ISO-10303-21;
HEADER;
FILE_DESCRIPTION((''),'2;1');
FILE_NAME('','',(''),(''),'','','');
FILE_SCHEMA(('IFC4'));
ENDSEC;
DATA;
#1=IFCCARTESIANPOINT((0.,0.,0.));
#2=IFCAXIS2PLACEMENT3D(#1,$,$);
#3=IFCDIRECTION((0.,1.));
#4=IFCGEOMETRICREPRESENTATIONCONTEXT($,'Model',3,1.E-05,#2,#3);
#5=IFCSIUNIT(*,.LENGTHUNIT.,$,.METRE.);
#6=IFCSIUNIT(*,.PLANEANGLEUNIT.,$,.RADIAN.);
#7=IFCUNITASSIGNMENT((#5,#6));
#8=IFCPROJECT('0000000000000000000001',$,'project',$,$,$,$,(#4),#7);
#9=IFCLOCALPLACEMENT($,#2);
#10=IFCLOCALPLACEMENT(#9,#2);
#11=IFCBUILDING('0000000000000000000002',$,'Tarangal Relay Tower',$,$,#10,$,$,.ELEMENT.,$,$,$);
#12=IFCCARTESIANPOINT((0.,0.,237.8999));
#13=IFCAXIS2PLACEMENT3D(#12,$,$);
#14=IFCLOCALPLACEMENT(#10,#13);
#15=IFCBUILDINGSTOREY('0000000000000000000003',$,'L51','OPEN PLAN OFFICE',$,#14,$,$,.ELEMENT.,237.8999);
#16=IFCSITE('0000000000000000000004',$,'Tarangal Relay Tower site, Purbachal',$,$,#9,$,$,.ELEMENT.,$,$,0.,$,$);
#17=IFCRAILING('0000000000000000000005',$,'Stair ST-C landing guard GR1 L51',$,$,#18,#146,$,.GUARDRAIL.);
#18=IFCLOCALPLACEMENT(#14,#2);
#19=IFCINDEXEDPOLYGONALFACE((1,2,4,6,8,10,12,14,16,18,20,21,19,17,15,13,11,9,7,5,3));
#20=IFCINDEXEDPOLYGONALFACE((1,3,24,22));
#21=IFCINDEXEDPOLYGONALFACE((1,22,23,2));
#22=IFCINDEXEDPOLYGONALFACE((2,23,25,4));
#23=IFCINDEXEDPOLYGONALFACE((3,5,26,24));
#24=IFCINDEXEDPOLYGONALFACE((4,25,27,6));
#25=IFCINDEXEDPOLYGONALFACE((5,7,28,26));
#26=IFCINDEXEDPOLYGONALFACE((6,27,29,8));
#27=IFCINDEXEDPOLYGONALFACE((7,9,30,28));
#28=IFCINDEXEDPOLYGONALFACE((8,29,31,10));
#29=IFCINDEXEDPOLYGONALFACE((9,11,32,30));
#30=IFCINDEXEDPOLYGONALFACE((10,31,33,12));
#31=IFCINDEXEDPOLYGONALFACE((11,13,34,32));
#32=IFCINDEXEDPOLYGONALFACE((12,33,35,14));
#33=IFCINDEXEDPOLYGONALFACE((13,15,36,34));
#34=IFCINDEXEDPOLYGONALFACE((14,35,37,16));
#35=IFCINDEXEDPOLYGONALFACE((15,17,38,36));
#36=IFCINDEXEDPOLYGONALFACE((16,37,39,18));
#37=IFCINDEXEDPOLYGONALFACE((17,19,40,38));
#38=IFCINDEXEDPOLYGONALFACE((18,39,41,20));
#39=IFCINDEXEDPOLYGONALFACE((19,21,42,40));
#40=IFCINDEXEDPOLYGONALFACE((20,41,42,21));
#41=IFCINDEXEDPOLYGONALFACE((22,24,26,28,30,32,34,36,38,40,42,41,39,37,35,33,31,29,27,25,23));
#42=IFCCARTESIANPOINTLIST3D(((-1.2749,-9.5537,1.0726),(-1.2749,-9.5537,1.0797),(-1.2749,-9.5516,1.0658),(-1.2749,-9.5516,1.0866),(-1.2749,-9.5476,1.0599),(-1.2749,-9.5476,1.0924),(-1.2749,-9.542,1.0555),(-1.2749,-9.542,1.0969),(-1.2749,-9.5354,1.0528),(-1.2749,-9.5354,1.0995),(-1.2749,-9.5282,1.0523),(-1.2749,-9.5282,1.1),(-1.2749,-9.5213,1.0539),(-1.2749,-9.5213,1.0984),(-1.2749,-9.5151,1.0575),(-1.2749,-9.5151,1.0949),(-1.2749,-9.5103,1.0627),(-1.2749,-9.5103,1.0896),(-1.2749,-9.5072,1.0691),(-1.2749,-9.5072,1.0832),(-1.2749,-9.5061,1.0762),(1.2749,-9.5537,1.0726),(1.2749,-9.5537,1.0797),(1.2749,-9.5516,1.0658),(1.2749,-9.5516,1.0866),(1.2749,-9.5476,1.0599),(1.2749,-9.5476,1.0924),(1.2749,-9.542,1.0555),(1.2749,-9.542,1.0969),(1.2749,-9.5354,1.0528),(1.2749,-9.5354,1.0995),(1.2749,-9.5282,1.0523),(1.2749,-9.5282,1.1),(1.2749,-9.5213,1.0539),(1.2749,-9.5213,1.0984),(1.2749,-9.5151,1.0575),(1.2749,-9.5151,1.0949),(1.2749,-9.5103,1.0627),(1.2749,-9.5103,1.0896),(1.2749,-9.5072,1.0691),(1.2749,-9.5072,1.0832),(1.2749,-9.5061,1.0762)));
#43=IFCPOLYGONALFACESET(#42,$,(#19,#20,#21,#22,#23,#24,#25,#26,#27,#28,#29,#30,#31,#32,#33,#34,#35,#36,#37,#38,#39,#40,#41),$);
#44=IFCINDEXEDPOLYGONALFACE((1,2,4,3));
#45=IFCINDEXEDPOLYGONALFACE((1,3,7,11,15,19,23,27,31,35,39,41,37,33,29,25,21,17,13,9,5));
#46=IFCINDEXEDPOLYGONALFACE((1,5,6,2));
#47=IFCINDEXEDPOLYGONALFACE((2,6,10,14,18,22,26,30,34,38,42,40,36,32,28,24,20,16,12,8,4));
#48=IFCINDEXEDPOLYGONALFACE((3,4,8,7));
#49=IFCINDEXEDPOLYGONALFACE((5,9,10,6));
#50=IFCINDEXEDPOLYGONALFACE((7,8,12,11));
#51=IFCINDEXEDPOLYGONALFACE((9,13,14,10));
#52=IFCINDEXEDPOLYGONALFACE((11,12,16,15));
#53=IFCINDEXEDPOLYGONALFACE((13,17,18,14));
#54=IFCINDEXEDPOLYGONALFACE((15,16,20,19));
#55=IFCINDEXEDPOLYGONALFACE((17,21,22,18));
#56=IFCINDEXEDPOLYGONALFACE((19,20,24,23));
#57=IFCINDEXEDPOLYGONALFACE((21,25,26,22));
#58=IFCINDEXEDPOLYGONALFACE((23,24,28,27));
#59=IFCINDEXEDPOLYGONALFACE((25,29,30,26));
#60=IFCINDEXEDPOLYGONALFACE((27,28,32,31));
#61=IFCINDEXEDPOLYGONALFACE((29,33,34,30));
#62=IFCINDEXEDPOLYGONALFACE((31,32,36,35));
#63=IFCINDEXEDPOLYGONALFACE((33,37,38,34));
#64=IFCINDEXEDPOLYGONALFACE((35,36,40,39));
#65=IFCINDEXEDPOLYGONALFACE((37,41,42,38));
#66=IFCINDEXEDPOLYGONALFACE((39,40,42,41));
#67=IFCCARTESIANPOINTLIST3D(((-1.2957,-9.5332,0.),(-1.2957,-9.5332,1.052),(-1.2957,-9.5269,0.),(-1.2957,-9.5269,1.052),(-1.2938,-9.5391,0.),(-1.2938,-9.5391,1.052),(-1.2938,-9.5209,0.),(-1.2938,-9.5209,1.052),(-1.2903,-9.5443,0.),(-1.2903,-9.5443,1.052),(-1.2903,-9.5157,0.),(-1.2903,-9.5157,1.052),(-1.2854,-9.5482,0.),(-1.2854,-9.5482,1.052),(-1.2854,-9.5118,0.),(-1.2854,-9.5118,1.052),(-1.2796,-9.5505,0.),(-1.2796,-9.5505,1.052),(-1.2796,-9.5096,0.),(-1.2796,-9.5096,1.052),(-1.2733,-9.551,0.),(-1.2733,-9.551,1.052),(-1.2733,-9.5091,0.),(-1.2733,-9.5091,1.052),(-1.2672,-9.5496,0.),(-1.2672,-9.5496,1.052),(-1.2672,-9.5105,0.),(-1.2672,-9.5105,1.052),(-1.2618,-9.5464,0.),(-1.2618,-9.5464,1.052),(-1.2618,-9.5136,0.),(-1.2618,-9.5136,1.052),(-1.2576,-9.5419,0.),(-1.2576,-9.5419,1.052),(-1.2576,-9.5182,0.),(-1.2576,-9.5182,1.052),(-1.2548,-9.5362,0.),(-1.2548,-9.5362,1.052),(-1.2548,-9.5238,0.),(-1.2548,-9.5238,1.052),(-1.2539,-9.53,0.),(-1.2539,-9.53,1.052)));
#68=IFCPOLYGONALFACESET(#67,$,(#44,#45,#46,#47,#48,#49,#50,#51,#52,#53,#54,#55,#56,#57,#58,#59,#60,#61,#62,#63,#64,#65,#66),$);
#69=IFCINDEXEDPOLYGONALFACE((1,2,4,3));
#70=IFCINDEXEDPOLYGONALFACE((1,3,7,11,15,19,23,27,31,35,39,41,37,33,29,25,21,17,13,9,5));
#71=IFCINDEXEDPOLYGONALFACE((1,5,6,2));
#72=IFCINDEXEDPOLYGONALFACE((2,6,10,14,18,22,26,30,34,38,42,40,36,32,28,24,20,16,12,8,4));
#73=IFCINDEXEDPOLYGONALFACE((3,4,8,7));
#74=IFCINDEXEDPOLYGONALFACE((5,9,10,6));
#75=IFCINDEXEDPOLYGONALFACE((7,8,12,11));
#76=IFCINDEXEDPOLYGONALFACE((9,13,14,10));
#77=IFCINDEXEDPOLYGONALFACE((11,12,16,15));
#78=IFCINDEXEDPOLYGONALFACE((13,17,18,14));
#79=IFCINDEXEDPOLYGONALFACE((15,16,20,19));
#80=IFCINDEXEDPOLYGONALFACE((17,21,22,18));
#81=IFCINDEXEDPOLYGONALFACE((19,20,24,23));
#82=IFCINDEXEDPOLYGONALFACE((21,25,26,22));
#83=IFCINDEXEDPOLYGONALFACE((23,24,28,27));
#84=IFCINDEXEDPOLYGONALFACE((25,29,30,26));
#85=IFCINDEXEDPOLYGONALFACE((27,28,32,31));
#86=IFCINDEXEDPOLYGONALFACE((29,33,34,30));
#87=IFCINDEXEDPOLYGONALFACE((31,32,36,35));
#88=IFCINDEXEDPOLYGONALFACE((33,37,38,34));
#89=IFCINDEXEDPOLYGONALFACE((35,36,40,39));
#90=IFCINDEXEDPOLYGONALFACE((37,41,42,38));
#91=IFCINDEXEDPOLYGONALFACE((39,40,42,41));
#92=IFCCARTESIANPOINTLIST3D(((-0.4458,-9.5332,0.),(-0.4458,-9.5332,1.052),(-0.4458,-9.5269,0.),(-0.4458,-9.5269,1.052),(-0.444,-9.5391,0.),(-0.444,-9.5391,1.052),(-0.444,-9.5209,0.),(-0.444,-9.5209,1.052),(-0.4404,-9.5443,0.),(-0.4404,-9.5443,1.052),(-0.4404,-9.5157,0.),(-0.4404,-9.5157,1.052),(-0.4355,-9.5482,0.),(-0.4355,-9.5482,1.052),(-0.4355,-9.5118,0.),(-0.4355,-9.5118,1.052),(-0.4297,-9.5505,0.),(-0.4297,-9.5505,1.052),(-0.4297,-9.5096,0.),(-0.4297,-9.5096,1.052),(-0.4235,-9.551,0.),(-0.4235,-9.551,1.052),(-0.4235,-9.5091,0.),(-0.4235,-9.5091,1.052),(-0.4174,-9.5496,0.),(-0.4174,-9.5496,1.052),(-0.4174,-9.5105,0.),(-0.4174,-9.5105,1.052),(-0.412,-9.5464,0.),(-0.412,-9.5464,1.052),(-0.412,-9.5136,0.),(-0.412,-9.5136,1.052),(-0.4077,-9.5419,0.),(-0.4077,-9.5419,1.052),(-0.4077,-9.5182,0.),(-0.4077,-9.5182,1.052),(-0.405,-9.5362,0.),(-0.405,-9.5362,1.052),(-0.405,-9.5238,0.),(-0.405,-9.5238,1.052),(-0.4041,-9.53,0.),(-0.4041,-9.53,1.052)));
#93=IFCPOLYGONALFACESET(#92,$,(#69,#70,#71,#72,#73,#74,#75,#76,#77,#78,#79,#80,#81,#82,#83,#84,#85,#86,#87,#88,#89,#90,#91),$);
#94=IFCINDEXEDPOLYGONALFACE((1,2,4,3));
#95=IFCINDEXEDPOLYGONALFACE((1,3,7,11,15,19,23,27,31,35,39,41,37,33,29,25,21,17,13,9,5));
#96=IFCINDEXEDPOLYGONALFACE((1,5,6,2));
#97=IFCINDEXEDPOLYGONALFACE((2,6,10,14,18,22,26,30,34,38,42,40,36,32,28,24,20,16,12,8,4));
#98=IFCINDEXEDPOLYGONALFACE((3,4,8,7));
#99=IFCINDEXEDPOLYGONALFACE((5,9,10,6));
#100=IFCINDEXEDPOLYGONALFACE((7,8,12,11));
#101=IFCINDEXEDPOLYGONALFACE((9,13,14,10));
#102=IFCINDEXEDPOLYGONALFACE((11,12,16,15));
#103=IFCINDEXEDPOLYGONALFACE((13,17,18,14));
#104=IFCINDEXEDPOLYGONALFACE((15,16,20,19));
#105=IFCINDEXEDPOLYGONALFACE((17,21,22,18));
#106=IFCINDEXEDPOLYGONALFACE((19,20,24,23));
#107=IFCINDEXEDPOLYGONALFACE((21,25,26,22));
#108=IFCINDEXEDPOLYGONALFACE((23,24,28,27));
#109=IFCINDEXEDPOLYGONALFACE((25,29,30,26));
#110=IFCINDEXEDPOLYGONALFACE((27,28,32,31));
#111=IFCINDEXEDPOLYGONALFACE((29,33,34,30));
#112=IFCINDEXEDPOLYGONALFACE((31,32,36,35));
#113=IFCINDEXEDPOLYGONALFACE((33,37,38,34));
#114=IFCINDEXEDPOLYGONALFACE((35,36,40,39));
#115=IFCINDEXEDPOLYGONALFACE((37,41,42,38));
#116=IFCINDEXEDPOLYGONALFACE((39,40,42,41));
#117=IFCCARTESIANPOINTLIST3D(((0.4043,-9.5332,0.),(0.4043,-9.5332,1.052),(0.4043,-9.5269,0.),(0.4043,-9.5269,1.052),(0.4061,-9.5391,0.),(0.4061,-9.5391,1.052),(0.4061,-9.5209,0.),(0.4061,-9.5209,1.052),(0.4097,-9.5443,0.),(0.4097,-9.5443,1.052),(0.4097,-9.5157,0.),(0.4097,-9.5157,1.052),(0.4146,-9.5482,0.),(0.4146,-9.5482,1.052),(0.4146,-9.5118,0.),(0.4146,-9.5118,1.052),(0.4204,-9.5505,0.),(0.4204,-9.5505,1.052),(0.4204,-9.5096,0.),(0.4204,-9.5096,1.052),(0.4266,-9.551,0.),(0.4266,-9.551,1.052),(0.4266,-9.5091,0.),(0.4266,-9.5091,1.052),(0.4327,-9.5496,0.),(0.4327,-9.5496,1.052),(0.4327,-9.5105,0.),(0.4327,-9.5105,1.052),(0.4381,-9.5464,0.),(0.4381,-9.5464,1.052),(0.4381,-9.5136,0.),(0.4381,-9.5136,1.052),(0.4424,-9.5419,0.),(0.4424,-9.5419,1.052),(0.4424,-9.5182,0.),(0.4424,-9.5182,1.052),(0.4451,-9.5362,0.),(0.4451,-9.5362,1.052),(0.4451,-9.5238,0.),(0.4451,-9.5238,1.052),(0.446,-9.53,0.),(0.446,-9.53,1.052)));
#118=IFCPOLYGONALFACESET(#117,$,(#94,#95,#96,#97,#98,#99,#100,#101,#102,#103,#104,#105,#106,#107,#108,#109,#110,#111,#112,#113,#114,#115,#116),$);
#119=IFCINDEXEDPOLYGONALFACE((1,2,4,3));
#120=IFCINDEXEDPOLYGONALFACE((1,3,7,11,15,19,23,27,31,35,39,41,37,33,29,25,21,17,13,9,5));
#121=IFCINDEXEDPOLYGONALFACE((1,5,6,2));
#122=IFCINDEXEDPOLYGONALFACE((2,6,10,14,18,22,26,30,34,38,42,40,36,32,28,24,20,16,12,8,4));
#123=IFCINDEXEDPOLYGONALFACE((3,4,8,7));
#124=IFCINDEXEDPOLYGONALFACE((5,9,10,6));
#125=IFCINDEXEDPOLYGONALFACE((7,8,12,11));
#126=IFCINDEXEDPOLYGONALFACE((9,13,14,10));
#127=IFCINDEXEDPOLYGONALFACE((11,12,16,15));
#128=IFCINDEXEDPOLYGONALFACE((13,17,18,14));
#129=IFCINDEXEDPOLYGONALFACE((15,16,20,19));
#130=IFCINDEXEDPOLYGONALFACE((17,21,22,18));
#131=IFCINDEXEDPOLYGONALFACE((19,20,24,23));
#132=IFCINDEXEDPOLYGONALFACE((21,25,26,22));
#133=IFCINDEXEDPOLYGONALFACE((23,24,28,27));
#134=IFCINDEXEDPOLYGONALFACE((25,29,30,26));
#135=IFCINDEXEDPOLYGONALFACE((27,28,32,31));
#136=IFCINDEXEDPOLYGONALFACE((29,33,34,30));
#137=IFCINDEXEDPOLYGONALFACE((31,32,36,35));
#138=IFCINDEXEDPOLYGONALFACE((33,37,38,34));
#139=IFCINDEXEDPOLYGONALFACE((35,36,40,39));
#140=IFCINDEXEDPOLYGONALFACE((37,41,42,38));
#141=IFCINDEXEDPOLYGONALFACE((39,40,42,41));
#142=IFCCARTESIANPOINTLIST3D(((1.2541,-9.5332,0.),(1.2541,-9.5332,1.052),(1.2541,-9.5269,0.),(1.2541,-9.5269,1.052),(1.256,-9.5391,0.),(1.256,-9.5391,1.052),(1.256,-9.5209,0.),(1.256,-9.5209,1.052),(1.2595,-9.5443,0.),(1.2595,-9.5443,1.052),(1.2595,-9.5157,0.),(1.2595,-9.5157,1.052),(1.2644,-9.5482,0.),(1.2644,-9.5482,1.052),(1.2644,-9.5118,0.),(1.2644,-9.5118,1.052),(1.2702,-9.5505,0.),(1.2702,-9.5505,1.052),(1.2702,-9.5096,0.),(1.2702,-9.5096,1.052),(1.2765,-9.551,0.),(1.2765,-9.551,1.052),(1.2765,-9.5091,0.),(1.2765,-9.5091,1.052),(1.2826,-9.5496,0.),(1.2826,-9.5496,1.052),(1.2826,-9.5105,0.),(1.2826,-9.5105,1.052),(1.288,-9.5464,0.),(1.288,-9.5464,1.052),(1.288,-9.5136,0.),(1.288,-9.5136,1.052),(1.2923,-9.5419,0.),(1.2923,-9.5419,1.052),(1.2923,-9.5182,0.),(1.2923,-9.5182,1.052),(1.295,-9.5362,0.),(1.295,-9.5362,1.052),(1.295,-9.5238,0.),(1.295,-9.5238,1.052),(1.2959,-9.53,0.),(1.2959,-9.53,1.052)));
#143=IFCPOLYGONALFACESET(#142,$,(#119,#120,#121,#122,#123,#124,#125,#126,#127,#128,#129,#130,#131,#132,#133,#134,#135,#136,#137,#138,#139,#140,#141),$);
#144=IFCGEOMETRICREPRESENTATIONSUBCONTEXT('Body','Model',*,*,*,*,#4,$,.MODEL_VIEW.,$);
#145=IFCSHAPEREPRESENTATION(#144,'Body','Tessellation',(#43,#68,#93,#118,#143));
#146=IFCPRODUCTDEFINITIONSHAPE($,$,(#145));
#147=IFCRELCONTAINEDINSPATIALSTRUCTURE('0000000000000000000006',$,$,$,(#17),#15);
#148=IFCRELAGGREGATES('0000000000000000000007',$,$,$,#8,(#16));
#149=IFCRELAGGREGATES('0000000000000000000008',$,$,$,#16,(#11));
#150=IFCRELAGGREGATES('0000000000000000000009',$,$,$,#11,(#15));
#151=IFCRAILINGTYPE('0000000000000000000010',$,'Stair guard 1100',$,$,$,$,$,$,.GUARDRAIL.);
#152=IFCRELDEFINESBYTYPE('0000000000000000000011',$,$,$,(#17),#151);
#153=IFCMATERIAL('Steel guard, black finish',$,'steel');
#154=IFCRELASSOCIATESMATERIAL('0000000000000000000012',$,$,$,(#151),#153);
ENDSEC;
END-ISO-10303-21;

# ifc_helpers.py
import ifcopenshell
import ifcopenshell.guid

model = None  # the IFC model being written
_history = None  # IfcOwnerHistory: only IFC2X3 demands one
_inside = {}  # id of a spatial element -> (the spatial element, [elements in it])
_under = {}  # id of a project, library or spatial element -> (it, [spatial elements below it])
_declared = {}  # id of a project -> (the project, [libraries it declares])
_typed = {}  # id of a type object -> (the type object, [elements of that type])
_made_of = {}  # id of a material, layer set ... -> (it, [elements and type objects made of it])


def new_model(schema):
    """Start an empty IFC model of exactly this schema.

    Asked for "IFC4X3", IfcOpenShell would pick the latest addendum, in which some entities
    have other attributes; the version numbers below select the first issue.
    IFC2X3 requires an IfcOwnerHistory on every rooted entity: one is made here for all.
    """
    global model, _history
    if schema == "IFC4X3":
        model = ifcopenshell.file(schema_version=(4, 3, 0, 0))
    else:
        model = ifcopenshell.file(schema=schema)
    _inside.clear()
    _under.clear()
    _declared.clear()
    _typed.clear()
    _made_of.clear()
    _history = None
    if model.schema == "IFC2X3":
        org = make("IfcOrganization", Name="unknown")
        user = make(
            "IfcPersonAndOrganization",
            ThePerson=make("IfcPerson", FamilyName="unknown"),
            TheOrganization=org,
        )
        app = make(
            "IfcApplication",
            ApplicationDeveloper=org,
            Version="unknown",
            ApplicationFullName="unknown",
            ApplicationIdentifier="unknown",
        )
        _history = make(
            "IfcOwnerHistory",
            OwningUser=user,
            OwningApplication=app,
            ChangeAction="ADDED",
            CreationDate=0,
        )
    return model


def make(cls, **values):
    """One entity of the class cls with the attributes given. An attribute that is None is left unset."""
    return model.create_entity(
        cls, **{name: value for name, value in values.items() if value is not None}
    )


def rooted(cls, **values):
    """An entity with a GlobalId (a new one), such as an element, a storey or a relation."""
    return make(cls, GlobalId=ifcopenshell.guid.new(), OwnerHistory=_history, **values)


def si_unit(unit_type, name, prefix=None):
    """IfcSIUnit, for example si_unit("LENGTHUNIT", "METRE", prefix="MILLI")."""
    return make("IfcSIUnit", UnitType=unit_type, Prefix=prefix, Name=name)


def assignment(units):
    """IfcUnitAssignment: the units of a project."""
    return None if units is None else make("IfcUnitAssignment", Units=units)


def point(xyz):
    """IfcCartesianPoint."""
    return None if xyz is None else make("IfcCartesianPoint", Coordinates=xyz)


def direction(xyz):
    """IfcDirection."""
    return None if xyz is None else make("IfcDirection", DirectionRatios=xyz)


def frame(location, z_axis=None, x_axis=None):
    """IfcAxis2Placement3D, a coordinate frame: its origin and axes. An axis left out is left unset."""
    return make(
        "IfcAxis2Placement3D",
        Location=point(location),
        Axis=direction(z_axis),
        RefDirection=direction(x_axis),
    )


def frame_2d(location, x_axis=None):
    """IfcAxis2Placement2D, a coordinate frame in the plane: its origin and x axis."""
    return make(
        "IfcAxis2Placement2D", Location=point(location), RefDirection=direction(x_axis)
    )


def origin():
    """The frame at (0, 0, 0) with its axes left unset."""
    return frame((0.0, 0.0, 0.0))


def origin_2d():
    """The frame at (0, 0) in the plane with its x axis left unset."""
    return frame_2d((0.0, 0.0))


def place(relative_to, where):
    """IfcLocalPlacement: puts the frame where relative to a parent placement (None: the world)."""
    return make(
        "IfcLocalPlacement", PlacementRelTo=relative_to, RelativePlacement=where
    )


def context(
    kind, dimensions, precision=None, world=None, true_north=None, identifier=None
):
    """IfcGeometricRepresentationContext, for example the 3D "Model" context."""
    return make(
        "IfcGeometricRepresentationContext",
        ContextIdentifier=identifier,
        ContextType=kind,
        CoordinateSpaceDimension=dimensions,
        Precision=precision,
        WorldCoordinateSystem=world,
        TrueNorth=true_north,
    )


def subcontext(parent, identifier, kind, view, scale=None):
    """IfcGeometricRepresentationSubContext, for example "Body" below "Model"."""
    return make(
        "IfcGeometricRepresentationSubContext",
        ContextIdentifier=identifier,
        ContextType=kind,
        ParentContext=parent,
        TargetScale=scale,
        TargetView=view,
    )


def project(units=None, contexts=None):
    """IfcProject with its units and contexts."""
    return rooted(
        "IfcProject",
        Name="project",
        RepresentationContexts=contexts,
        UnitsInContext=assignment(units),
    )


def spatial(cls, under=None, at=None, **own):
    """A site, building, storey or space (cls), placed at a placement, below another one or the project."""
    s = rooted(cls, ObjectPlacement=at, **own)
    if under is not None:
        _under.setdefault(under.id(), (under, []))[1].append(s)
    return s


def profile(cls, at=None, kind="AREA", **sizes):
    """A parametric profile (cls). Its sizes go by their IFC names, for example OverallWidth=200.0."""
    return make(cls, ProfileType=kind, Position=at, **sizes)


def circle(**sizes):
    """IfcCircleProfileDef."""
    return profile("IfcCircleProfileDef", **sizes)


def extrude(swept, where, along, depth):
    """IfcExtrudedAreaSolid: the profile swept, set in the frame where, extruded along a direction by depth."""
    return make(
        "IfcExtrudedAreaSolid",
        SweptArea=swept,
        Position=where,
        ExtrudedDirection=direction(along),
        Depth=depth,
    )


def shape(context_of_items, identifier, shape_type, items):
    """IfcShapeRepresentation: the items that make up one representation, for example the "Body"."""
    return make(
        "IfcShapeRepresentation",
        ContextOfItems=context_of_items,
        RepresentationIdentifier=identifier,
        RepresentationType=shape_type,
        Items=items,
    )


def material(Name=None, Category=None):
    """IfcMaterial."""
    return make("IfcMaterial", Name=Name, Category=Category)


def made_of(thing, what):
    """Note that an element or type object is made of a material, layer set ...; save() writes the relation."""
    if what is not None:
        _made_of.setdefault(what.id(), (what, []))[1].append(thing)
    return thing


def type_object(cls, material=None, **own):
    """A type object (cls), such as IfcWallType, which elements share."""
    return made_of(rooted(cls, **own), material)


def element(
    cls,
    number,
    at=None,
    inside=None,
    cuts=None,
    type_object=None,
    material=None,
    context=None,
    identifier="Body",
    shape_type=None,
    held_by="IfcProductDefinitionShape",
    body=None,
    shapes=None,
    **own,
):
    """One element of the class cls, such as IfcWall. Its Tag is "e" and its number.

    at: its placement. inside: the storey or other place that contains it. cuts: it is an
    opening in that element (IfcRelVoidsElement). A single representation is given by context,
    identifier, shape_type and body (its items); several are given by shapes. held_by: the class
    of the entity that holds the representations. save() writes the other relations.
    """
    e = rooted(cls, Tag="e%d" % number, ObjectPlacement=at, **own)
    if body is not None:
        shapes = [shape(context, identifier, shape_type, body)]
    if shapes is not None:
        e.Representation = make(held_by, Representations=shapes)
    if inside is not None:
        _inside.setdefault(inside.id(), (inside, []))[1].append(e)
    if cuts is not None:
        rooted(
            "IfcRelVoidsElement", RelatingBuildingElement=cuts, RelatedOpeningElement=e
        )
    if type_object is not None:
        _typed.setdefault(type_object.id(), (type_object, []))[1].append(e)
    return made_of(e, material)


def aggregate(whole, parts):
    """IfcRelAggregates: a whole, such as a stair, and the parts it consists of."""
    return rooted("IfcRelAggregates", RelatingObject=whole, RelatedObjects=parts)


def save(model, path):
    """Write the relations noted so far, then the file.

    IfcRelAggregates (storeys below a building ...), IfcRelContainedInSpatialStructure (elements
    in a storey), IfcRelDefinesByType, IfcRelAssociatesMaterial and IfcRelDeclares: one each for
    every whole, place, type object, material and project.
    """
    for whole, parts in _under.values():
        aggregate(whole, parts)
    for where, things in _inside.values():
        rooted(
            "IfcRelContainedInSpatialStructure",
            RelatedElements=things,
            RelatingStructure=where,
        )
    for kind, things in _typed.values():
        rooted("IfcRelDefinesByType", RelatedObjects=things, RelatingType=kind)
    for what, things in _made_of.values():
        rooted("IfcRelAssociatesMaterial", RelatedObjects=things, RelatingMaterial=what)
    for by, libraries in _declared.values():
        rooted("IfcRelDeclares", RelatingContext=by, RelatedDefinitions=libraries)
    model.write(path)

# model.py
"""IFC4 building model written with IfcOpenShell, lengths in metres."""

from ifc_helpers import new_model, si_unit, direction, frame, origin, origin_2d, place, context, subcontext, project, spatial, circle, extrude, material, type_object, element, save


model = new_model("IFC4")

# Units and contexts
model_context = context("Model", 3, precision=1e-05, world=origin(), true_north=direction((0.0, 1.0)))
body_context = subcontext(model_context, "Body", "Model", "MODEL_VIEW")
ifc_project = project(units=[si_unit("LENGTHUNIT", "METRE"), si_unit("PLANEANGLEUNIT", "RADIAN")], contexts=[model_context])

# Site, building, storey
site_placement = place(None, origin())
site = spatial("IfcSite", under=ifc_project, at=site_placement, Name="Tarangal Relay Tower site, Purbachal", CompositionType="ELEMENT", RefElevation=0.0)
building_placement = place(site_placement, origin())
building = spatial("IfcBuilding", under=site, at=building_placement, Name="Tarangal Relay Tower", CompositionType="ELEMENT")
storey_placement = place(building_placement, frame((0.0, 0.0, 237.8999)))
storey = spatial("IfcBuildingStorey", under=building, at=storey_placement, Name="L51", Description="OPEN PLAN OFFICE", CompositionType="ELEMENT", Elevation=237.8999)

# Railing
ifc_material_1 = material(Name="Steel guard, black finish", Category="steel")
railing_type_1 = type_object("IfcRailingType", Name="Stair guard 1100", PredefinedType="GUARDRAIL", material=ifc_material_1)
railing_1_placement = place(storey_placement, frame((-1.2749, -9.53, 0.0)))
element("IfcRailing", 1, at=railing_1_placement, inside=storey, type_object=railing_type_1, Name="Stair ST-C landing guard GR1 L51", PredefinedType="GUARDRAIL", context=body_context, shape_type="SweptSolid", body=[
    extrude(circle(Radius=0.0239, at=origin_2d()), frame((0.0, 0.0, 1.0762), z_axis=(1.0, 0.0, 0.0), x_axis=(0.0, 1.0, 0.0)), (0.0, 0.0, 1.0), 2.5498),
    extrude(circle(Radius=0.021, at=origin_2d()), origin(), (0.0, 0.0, 1.0), 1.052),
    extrude(circle(Radius=0.021, at=origin_2d()), frame((0.8499, 0.0, 0.0)), (0.0, 0.0, 1.0), 1.052),
    extrude(circle(Radius=0.021, at=origin_2d()), frame((1.7, 0.0, 0.0)), (0.0, 0.0, 1.0), 1.052),
    extrude(circle(Radius=0.021, at=origin_2d()), frame((2.5498, 0.0, 0.0)), (0.0, 0.0, 1.0), 1.052),
])

save(model, "model.ifc")
